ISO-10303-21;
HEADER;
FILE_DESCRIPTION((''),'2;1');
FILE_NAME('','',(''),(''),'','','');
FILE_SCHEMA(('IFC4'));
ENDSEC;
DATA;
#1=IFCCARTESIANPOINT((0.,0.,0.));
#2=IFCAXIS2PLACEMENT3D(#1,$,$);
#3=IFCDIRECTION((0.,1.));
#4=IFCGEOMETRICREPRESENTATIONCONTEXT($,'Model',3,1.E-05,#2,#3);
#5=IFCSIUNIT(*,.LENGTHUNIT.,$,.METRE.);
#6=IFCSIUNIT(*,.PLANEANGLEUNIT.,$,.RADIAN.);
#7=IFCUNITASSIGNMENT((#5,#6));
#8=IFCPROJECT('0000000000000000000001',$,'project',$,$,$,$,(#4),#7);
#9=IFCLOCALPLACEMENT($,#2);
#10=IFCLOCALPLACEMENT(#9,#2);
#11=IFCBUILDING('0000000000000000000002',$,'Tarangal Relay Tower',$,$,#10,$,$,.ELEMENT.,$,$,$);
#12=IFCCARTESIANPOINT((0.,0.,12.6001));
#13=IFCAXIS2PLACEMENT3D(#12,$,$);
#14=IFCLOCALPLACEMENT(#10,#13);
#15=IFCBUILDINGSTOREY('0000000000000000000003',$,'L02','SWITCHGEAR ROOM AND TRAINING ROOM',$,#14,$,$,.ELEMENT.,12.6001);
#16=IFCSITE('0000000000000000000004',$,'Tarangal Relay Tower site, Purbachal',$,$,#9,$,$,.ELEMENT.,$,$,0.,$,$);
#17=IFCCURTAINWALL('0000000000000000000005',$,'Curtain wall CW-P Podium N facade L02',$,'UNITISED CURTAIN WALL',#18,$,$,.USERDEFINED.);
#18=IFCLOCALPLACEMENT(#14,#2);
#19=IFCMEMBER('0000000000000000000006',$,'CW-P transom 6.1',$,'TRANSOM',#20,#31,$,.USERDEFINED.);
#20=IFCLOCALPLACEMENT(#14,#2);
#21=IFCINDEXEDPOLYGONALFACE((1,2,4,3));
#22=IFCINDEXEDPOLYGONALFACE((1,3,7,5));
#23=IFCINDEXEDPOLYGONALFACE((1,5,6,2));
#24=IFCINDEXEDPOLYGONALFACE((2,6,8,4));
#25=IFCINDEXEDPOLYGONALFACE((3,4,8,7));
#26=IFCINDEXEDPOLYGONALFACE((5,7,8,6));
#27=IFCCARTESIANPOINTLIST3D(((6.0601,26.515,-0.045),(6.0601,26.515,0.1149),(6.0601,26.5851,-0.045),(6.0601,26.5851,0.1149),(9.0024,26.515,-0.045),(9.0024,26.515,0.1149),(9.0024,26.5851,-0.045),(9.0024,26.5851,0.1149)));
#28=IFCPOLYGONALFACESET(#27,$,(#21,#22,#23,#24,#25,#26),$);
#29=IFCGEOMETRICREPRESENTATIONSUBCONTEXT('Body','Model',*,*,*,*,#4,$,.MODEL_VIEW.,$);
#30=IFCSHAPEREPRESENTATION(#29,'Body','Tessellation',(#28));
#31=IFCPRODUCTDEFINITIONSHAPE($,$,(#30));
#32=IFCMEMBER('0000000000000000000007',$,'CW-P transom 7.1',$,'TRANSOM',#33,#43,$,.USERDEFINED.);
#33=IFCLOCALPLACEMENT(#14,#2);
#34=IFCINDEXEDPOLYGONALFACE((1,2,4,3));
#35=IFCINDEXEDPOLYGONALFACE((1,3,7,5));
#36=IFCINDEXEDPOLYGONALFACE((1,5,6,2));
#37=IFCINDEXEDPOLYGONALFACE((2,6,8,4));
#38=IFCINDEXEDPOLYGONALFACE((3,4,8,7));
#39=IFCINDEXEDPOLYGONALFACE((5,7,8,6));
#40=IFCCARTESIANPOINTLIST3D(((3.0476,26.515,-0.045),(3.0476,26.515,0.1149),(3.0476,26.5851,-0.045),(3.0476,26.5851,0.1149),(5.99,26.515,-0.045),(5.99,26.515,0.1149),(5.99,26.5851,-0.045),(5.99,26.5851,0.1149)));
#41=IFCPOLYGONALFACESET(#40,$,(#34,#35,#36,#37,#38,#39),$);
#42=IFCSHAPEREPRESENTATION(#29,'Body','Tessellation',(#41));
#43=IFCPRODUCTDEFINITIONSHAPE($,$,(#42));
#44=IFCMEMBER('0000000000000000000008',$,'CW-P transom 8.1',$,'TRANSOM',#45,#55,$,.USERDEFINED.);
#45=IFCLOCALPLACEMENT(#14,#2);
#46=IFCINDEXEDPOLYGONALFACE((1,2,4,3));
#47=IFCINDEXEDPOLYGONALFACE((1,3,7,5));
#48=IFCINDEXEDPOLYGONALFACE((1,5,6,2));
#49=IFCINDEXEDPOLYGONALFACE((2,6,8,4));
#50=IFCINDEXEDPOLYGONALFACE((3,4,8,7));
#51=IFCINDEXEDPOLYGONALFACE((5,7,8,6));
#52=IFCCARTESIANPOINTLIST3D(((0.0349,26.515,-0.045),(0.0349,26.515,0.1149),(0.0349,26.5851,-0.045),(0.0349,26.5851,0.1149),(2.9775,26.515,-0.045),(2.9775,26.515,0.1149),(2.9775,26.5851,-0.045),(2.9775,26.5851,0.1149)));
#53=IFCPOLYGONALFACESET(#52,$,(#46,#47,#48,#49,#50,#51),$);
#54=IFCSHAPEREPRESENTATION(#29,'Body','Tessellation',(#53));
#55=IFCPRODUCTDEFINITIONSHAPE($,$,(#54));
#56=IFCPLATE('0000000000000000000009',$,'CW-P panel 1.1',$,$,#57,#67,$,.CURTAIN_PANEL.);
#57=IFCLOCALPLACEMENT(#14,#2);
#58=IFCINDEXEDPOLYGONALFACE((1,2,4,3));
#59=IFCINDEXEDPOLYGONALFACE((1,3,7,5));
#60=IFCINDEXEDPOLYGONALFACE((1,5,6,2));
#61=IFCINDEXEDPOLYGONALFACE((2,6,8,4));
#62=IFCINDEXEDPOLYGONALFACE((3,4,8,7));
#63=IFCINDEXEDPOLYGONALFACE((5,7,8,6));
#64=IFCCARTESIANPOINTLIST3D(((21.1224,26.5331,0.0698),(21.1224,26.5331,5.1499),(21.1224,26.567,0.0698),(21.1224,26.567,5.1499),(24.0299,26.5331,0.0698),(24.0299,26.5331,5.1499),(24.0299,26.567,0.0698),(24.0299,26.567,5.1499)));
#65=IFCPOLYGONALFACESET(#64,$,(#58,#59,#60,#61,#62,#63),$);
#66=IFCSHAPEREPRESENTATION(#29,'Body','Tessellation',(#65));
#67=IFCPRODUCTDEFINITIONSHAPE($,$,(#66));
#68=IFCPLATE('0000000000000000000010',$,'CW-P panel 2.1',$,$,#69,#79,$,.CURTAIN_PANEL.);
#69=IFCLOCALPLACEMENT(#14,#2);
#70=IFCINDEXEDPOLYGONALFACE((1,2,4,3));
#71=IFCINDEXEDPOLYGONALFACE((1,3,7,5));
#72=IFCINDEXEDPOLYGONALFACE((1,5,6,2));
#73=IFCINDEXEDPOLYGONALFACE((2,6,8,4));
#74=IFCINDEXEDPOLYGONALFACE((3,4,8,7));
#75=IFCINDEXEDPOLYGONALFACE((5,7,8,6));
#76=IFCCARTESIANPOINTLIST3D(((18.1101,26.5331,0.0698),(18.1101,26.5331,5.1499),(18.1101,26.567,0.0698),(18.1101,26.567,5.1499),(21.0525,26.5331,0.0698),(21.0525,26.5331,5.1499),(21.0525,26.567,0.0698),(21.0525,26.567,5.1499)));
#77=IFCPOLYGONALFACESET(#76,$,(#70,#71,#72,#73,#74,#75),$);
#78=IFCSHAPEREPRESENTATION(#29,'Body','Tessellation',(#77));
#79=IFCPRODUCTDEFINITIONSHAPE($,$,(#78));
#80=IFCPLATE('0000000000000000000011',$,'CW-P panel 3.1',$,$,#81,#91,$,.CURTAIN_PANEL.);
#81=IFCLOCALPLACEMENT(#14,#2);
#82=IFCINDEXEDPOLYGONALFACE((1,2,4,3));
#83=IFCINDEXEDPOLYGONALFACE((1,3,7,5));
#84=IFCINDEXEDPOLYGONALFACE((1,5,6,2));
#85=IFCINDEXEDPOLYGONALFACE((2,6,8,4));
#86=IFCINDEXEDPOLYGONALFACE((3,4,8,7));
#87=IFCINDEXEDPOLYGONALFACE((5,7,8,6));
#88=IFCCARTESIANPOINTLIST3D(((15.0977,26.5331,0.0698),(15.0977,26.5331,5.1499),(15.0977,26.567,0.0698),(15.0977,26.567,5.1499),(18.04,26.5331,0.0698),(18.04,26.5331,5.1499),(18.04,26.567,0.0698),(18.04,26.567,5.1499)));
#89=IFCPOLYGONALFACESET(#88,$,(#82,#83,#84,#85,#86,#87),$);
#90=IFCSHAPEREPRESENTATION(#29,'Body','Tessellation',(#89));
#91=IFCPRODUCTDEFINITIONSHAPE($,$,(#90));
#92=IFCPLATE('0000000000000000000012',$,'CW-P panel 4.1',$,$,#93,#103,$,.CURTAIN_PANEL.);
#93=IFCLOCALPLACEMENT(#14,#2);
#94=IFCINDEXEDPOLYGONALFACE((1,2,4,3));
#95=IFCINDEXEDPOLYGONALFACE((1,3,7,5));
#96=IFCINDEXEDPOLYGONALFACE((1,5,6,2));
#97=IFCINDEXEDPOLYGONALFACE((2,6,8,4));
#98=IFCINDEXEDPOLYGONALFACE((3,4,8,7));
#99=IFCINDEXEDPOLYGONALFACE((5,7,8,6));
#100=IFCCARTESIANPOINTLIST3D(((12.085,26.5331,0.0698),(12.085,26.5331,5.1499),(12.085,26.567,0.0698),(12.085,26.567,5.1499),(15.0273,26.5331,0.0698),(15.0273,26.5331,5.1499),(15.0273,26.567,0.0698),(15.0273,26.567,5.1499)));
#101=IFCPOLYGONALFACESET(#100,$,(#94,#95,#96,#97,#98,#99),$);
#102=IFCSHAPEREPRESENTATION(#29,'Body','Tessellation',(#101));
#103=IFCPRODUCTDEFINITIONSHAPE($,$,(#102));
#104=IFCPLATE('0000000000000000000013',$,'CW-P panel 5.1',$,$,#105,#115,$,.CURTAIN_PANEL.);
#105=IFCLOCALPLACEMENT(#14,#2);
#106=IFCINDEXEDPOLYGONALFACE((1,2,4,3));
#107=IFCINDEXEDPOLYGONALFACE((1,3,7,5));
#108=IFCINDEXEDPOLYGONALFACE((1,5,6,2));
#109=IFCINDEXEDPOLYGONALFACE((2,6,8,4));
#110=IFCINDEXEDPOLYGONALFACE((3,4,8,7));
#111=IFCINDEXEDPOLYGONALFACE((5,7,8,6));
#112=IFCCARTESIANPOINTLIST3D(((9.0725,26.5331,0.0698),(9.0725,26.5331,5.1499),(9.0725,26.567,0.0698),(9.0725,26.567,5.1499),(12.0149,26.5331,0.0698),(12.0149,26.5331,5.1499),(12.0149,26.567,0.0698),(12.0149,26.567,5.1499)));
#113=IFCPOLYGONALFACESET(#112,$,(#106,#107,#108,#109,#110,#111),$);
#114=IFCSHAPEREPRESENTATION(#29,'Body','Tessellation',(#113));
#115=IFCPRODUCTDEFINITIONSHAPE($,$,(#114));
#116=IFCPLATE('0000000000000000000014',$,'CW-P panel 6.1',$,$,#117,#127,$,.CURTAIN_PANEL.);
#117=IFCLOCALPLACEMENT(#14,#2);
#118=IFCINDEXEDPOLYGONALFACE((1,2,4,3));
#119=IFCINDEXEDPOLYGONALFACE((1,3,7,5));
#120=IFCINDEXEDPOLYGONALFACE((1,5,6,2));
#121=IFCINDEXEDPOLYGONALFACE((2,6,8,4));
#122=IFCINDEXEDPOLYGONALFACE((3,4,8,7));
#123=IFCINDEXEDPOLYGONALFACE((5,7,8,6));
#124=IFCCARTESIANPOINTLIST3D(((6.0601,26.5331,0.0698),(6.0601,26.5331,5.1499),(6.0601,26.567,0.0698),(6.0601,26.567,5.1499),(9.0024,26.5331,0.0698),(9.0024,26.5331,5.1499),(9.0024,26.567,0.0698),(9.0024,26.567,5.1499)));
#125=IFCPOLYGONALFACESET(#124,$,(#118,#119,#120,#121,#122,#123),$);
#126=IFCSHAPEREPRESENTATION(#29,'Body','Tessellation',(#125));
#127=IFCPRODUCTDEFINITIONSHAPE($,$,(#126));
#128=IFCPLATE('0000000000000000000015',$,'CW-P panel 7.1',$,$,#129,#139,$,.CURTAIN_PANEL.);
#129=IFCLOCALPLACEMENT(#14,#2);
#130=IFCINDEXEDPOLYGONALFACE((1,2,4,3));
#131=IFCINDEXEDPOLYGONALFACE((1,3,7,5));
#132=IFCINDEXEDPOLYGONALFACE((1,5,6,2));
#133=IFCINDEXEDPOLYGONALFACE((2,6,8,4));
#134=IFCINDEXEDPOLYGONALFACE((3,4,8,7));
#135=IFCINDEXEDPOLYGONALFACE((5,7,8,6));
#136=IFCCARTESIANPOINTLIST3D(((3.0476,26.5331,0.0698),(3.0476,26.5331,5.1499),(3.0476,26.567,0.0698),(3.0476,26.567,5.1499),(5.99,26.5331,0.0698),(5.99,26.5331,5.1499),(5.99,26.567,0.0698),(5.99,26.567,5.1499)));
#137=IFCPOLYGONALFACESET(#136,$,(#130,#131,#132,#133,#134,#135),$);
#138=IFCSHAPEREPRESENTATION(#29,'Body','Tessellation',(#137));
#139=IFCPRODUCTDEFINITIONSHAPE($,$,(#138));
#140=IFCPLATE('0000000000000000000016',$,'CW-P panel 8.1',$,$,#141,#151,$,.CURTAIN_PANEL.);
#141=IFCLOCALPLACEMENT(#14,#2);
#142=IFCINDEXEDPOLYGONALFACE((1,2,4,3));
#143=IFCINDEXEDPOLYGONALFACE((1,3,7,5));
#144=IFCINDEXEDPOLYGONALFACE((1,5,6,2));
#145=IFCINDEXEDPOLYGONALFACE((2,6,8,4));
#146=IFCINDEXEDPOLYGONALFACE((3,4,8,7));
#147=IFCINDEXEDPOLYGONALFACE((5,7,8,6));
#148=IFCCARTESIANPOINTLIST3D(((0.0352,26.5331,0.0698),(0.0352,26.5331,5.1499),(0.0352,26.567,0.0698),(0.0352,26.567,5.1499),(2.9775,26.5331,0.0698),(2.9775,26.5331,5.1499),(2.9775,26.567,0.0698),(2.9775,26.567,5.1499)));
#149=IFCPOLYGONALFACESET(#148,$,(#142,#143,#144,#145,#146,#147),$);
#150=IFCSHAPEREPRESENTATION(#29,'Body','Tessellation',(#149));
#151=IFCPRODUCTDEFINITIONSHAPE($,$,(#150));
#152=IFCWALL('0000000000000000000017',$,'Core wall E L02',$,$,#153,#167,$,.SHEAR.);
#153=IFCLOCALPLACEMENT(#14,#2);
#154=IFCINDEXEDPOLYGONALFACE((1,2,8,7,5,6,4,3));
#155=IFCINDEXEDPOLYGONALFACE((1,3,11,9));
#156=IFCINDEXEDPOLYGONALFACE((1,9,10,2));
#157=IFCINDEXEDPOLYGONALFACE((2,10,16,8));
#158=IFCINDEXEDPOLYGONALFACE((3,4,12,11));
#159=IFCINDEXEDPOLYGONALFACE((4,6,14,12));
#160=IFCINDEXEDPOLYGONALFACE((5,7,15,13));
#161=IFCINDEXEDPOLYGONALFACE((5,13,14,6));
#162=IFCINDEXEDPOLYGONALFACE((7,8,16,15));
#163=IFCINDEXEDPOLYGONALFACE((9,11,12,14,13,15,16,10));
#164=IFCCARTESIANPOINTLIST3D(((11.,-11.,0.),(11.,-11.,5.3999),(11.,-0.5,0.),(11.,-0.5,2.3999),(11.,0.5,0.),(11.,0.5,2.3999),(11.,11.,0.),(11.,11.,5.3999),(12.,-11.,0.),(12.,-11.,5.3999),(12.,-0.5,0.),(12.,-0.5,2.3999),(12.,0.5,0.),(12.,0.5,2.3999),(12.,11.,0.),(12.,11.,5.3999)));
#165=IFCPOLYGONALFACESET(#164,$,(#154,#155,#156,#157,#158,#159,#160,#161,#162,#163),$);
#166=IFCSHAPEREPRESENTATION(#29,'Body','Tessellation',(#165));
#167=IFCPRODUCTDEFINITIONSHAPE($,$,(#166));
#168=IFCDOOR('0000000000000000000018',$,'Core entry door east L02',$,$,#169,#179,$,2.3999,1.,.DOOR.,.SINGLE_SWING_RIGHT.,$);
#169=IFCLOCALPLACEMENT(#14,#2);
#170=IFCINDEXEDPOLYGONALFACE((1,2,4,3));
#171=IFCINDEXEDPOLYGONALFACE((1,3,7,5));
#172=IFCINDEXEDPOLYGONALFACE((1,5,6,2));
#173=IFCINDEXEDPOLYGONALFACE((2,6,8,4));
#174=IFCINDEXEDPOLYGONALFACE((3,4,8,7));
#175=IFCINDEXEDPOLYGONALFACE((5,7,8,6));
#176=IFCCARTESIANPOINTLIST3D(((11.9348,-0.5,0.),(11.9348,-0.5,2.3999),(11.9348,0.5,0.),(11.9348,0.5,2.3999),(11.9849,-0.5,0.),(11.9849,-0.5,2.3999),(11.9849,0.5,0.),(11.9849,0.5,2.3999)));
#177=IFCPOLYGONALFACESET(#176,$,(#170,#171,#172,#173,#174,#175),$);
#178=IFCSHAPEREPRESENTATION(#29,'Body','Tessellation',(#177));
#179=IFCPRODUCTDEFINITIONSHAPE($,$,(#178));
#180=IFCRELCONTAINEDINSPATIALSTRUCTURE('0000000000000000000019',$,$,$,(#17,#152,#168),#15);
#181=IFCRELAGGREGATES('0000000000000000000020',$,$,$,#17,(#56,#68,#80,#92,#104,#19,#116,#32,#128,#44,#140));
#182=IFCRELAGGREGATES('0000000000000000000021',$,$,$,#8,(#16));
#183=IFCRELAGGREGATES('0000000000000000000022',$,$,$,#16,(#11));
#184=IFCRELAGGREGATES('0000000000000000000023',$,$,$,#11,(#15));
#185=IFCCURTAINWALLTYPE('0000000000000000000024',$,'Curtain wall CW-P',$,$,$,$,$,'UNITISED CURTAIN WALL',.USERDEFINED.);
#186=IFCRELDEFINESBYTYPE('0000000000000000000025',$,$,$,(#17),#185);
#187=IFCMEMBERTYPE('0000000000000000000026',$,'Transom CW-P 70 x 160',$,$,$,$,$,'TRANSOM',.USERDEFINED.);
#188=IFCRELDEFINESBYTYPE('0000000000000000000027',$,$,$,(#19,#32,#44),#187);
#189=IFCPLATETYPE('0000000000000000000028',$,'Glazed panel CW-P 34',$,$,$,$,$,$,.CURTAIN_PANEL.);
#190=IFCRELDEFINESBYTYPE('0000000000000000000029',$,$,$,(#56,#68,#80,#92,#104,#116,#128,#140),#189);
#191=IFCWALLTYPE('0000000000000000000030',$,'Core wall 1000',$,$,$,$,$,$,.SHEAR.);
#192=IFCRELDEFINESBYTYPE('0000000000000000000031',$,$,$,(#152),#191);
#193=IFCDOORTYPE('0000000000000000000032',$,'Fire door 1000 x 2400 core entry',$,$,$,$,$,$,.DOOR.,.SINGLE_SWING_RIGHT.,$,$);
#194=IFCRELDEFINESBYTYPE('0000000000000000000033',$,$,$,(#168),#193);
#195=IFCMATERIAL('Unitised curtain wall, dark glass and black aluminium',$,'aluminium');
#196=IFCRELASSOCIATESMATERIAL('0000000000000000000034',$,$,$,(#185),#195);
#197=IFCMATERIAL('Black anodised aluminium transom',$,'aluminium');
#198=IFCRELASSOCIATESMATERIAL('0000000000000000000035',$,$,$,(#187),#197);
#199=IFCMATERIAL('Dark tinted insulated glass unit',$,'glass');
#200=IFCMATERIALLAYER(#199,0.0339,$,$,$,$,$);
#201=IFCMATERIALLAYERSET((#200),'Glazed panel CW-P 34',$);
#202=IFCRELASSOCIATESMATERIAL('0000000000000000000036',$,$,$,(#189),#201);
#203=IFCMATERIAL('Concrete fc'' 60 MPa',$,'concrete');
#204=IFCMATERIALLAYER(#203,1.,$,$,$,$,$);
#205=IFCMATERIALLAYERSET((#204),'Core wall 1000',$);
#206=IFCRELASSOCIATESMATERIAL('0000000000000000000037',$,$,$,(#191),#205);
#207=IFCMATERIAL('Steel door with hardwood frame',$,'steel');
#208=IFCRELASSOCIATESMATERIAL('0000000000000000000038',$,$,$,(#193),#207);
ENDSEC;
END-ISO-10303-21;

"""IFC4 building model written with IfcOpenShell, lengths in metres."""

from ifc_helpers import new_model, si_unit, direction, frame, frame_2d, origin, origin_2d, place, context, subcontext, project, spatial, rectangle, extrude, material, layer, layer_set, material_profile, profile_set, type_object, element, fill, aggregate, save


model = new_model("IFC4")

# Units and contexts
model_context = context("Model", 3, precision=1e-05, world=origin(), true_north=direction((0.0, 1.0)))
body_context = subcontext(model_context, "Body", "Model", "MODEL_VIEW")
ifc_project = project(units=[si_unit("LENGTHUNIT", "METRE"), si_unit("PLANEANGLEUNIT", "RADIAN")], contexts=[model_context])

# Site, building, storey
site_placement = place(None, origin())
site = spatial("IfcSite", under=ifc_project, at=site_placement, Name="Tarangal Relay Tower site, Purbachal", CompositionType="ELEMENT", RefElevation=0.0)
building_placement = place(site_placement, origin())
building = spatial("IfcBuilding", under=site, at=building_placement, Name="Tarangal Relay Tower", CompositionType="ELEMENT")
storey_placement = place(building_placement, frame((0.0, 0.0, 12.6001)))
storey = spatial("IfcBuildingStorey", under=building, at=storey_placement, Name="L02", Description="SWITCHGEAR ROOM AND TRAINING ROOM", CompositionType="ELEMENT", Elevation=12.6001)

# Curtain wall, members, plates
ifc_material_1 = material(Name="Unitised curtain wall, dark glass and black aluminium", Category="aluminium")
curtain_wall_type = type_object("IfcCurtainWallType", Name="Curtain wall CW-P", ElementType="UNITISED CURTAIN WALL", PredefinedType="USERDEFINED", material=ifc_material_1)
curtain_wall_placement = place(storey_placement, origin())
curtain_wall = element("IfcCurtainWall", 1, at=curtain_wall_placement, inside=storey, type_object=curtain_wall_type, Name="Curtain wall CW-P Podium N facade L02", ObjectType="UNITISED CURTAIN WALL", PredefinedType="USERDEFINED")
ifc_material_2 = material(Name="Black anodised aluminium transom", Category="aluminium")
ifc_material_profile_1 = material_profile(ifc_material_2, rectangle(XDim=0.0701, YDim=0.1599, at=origin_2d()), Name="CW-PT 70X160")
ifc_profile_set_1 = profile_set([ifc_material_profile_1], Name="Black anodised aluminium transom")
member_type_1 = type_object("IfcMemberType", Name="Transom CW-P 70 x 160", ElementType="TRANSOM", PredefinedType="USERDEFINED", material=ifc_profile_set_1)
member_1_placement = place(storey_placement, frame((9.0024, 26.55, 0.0349), z_axis=(-1.0, 0.0, 0.0), x_axis=(0.0, -1.0, 0.0)))
member_1 = element("IfcMember", 2, at=member_1_placement, type_object=member_type_1, Name="CW-P transom 6.1", ObjectType="TRANSOM", PredefinedType="USERDEFINED", context=body_context, shape_type="SweptSolid", body=[
    extrude(rectangle(XDim=0.0701, YDim=0.1599, at=origin_2d()), origin(), (0.0, 0.0, 1.0), 2.9424),
])
member_2_placement = place(storey_placement, frame((5.99, 26.55, 0.0349), z_axis=(-1.0, 0.0, 0.0), x_axis=(0.0, -1.0, 0.0)))
member_2 = element("IfcMember", 3, at=member_2_placement, type_object=member_type_1, Name="CW-P transom 7.1", ObjectType="TRANSOM", PredefinedType="USERDEFINED", context=body_context, shape_type="SweptSolid", body=[
    extrude(rectangle(XDim=0.0701, YDim=0.1599, at=origin_2d()), origin(), (0.0, 0.0, 1.0), 2.9424),
])
member_3_placement = place(storey_placement, frame((2.9775, 26.55, 0.0349), z_axis=(-1.0, 0.0, 0.0), x_axis=(0.0, -1.0, 0.0)))
member_3 = element("IfcMember", 4, at=member_3_placement, type_object=member_type_1, Name="CW-P transom 8.1", ObjectType="TRANSOM", PredefinedType="USERDEFINED", context=body_context, shape_type="SweptSolid", body=[
    extrude(rectangle(XDim=0.0701, YDim=0.1599, at=origin_2d()), origin(), (0.0, 0.0, 1.0), 2.9426),
])
ifc_material_3 = material(Name="Dark tinted insulated glass unit", Category="glass")
ifc_layer_1 = layer(ifc_material_3, 0.0339)
ifc_layer_set_1 = layer_set([ifc_layer_1], Name="Glazed panel CW-P 34")
plate_type = type_object("IfcPlateType", Name="Glazed panel CW-P 34", PredefinedType="CURTAIN_PANEL", material=ifc_layer_set_1)
plate_1_placement = place(storey_placement, frame((22.5762, 26.55, 0.0698), z_axis=(0.0, 0.0, 1.0), x_axis=(-1.0, 0.0, 0.0)))
plate_1 = element("IfcPlate", 5, at=plate_1_placement, type_object=plate_type, Name="CW-P panel 1.1", PredefinedType="CURTAIN_PANEL", context=body_context, shape_type="SweptSolid", body=[
    extrude(rectangle(XDim=2.9075, YDim=0.0339, at=origin_2d()), origin(), (0.0, 0.0, 1.0), 5.0801),
])
plate_2_placement = place(storey_placement, frame((19.5813, 26.55, 0.0698), z_axis=(0.0, 0.0, 1.0), x_axis=(-1.0, 0.0, 0.0)))
plate_2 = element("IfcPlate", 6, at=plate_2_placement, type_object=plate_type, Name="CW-P panel 2.1", PredefinedType="CURTAIN_PANEL", context=body_context, shape_type="SweptSolid", body=[
    extrude(rectangle(XDim=2.9424, YDim=0.0339, at=origin_2d()), origin(), (0.0, 0.0, 1.0), 5.0801),
])
plate_3_placement = place(storey_placement, frame((16.5688, 26.55, 0.0698), z_axis=(0.0, 0.0, 1.0), x_axis=(-1.0, 0.0, 0.0)))
plate_3 = element("IfcPlate", 7, at=plate_3_placement, type_object=plate_type, Name="CW-P panel 3.1", PredefinedType="CURTAIN_PANEL", context=body_context, shape_type="SweptSolid", body=[
    extrude(rectangle(XDim=2.9424, YDim=0.0339, at=origin_2d()), origin(), (0.0, 0.0, 1.0), 5.0801),
])
plate_4_placement = place(storey_placement, frame((13.5562, 26.55, 0.0698), z_axis=(0.0, 0.0, 1.0), x_axis=(-1.0, 0.0, 0.0)))
plate_4 = element("IfcPlate", 8, at=plate_4_placement, type_object=plate_type, Name="CW-P panel 4.1", PredefinedType="CURTAIN_PANEL", context=body_context, shape_type="SweptSolid", body=[
    extrude(rectangle(XDim=2.9424, YDim=0.0339, at=origin_2d()), origin(), (0.0, 0.0, 1.0), 5.0801),
])
plate_5_placement = place(storey_placement, frame((10.5437, 26.55, 0.0698), z_axis=(0.0, 0.0, 1.0), x_axis=(-1.0, 0.0, 0.0)))
plate_5 = element("IfcPlate", 9, at=plate_5_placement, type_object=plate_type, Name="CW-P panel 5.1", PredefinedType="CURTAIN_PANEL", context=body_context, shape_type="SweptSolid", body=[
    extrude(rectangle(XDim=2.9424, YDim=0.0339, at=origin_2d()), origin(), (0.0, 0.0, 1.0), 5.0801),
])
plate_6_placement = place(storey_placement, frame((7.5312, 26.55, 0.0698), z_axis=(0.0, 0.0, 1.0), x_axis=(-1.0, 0.0, 0.0)))
plate_6 = element("IfcPlate", 10, at=plate_6_placement, type_object=plate_type, Name="CW-P panel 6.1", PredefinedType="CURTAIN_PANEL", context=body_context, shape_type="SweptSolid", body=[
    extrude(rectangle(XDim=2.9424, YDim=0.0339, at=origin_2d()), origin(), (0.0, 0.0, 1.0), 5.0801),
])
plate_7_placement = place(storey_placement, frame((4.5188, 26.55, 0.0698), z_axis=(0.0, 0.0, 1.0), x_axis=(-1.0, 0.0, 0.0)))
plate_7 = element("IfcPlate", 11, at=plate_7_placement, type_object=plate_type, Name="CW-P panel 7.1", PredefinedType="CURTAIN_PANEL", context=body_context, shape_type="SweptSolid", body=[
    extrude(rectangle(XDim=2.9424, YDim=0.0339, at=origin_2d()), origin(), (0.0, 0.0, 1.0), 5.0801),
])
plate_8_placement = place(storey_placement, frame((1.5063, 26.55, 0.0698), z_axis=(0.0, 0.0, 1.0), x_axis=(-1.0, 0.0, 0.0)))
plate_8 = element("IfcPlate", 12, at=plate_8_placement, type_object=plate_type, Name="CW-P panel 8.1", PredefinedType="CURTAIN_PANEL", context=body_context, shape_type="SweptSolid", body=[
    extrude(rectangle(XDim=2.9424, YDim=0.0339, at=origin_2d()), origin(), (0.0, 0.0, 1.0), 5.0801),
])
aggregate(curtain_wall, [plate_1, plate_2, plate_3, plate_4, plate_5, member_1, plate_6, member_2, plate_7, member_3, plate_8])

# Wall, opening, door
ifc_material_4 = material(Name="Concrete fc' 60 MPa", Category="concrete")
ifc_layer_2 = layer(ifc_material_4, 1.0)
ifc_layer_set_2 = layer_set([ifc_layer_2], Name="Core wall 1000")
wall_type_1 = type_object("IfcWallType", Name="Core wall 1000", PredefinedType="SHEAR", material=ifc_layer_set_2)
wall_1_placement = place(storey_placement, frame((11.5, 11.0, 0.0), z_axis=(0.0, 0.0, 1.0), x_axis=(0.0, -1.0, 0.0)))
wall_1 = element("IfcWall", 13, at=wall_1_placement, inside=storey, type_object=wall_type_1, Name="Core wall E L02", PredefinedType="SHEAR", context=body_context, shape_type="SweptSolid", body=[
    extrude(rectangle(XDim=22.0, YDim=1.0, at=frame_2d((11.0, 0.0))), origin(), (0.0, 0.0, 1.0), 5.3999),
])
opening_placement = place(wall_1_placement, frame((10.5, 0.0, 0.0)))
opening = element("IfcOpeningElement", 14, at=opening_placement, cuts=wall_1, PredefinedType="OPENING", context=body_context, shape_type="SweptSolid", body=[
    extrude(rectangle(XDim=1.0, YDim=2.3999, at=frame_2d((0.5, 1.2))), frame((0.0, 0.51, 0.0), z_axis=(0.0, -1.0, 0.0), x_axis=(1.0, 0.0, 0.0)), (0.0, 0.0, 1.0), 1.02),
])
ifc_material_5 = material(Name="Steel door with hardwood frame", Category="steel")
door_type = type_object("IfcDoorType", Name="Fire door 1000 x 2400 core entry", OperationType="SINGLE_SWING_RIGHT", PredefinedType="DOOR", material=ifc_material_5)
door_placement = place(opening_placement, origin())
door = element("IfcDoor", 15, at=door_placement, inside=storey, type_object=door_type, Name="Core entry door east L02", OperationType="SINGLE_SWING_RIGHT", OverallHeight=2.3999, OverallWidth=1.0, PredefinedType="DOOR", context=body_context, shape_type="SweptSolid", body=[
    extrude(rectangle(XDim=1.0, YDim=2.3999, at=frame_2d((0.5, 1.2))), frame((0.0, 0.4849, 0.0), z_axis=(0.0, -1.0, 0.0), x_axis=(1.0, 0.0, 0.0)), (0.0, 0.0, 1.0), 0.05),
])
fill(opening, door)

save(model, "model.ifc")
